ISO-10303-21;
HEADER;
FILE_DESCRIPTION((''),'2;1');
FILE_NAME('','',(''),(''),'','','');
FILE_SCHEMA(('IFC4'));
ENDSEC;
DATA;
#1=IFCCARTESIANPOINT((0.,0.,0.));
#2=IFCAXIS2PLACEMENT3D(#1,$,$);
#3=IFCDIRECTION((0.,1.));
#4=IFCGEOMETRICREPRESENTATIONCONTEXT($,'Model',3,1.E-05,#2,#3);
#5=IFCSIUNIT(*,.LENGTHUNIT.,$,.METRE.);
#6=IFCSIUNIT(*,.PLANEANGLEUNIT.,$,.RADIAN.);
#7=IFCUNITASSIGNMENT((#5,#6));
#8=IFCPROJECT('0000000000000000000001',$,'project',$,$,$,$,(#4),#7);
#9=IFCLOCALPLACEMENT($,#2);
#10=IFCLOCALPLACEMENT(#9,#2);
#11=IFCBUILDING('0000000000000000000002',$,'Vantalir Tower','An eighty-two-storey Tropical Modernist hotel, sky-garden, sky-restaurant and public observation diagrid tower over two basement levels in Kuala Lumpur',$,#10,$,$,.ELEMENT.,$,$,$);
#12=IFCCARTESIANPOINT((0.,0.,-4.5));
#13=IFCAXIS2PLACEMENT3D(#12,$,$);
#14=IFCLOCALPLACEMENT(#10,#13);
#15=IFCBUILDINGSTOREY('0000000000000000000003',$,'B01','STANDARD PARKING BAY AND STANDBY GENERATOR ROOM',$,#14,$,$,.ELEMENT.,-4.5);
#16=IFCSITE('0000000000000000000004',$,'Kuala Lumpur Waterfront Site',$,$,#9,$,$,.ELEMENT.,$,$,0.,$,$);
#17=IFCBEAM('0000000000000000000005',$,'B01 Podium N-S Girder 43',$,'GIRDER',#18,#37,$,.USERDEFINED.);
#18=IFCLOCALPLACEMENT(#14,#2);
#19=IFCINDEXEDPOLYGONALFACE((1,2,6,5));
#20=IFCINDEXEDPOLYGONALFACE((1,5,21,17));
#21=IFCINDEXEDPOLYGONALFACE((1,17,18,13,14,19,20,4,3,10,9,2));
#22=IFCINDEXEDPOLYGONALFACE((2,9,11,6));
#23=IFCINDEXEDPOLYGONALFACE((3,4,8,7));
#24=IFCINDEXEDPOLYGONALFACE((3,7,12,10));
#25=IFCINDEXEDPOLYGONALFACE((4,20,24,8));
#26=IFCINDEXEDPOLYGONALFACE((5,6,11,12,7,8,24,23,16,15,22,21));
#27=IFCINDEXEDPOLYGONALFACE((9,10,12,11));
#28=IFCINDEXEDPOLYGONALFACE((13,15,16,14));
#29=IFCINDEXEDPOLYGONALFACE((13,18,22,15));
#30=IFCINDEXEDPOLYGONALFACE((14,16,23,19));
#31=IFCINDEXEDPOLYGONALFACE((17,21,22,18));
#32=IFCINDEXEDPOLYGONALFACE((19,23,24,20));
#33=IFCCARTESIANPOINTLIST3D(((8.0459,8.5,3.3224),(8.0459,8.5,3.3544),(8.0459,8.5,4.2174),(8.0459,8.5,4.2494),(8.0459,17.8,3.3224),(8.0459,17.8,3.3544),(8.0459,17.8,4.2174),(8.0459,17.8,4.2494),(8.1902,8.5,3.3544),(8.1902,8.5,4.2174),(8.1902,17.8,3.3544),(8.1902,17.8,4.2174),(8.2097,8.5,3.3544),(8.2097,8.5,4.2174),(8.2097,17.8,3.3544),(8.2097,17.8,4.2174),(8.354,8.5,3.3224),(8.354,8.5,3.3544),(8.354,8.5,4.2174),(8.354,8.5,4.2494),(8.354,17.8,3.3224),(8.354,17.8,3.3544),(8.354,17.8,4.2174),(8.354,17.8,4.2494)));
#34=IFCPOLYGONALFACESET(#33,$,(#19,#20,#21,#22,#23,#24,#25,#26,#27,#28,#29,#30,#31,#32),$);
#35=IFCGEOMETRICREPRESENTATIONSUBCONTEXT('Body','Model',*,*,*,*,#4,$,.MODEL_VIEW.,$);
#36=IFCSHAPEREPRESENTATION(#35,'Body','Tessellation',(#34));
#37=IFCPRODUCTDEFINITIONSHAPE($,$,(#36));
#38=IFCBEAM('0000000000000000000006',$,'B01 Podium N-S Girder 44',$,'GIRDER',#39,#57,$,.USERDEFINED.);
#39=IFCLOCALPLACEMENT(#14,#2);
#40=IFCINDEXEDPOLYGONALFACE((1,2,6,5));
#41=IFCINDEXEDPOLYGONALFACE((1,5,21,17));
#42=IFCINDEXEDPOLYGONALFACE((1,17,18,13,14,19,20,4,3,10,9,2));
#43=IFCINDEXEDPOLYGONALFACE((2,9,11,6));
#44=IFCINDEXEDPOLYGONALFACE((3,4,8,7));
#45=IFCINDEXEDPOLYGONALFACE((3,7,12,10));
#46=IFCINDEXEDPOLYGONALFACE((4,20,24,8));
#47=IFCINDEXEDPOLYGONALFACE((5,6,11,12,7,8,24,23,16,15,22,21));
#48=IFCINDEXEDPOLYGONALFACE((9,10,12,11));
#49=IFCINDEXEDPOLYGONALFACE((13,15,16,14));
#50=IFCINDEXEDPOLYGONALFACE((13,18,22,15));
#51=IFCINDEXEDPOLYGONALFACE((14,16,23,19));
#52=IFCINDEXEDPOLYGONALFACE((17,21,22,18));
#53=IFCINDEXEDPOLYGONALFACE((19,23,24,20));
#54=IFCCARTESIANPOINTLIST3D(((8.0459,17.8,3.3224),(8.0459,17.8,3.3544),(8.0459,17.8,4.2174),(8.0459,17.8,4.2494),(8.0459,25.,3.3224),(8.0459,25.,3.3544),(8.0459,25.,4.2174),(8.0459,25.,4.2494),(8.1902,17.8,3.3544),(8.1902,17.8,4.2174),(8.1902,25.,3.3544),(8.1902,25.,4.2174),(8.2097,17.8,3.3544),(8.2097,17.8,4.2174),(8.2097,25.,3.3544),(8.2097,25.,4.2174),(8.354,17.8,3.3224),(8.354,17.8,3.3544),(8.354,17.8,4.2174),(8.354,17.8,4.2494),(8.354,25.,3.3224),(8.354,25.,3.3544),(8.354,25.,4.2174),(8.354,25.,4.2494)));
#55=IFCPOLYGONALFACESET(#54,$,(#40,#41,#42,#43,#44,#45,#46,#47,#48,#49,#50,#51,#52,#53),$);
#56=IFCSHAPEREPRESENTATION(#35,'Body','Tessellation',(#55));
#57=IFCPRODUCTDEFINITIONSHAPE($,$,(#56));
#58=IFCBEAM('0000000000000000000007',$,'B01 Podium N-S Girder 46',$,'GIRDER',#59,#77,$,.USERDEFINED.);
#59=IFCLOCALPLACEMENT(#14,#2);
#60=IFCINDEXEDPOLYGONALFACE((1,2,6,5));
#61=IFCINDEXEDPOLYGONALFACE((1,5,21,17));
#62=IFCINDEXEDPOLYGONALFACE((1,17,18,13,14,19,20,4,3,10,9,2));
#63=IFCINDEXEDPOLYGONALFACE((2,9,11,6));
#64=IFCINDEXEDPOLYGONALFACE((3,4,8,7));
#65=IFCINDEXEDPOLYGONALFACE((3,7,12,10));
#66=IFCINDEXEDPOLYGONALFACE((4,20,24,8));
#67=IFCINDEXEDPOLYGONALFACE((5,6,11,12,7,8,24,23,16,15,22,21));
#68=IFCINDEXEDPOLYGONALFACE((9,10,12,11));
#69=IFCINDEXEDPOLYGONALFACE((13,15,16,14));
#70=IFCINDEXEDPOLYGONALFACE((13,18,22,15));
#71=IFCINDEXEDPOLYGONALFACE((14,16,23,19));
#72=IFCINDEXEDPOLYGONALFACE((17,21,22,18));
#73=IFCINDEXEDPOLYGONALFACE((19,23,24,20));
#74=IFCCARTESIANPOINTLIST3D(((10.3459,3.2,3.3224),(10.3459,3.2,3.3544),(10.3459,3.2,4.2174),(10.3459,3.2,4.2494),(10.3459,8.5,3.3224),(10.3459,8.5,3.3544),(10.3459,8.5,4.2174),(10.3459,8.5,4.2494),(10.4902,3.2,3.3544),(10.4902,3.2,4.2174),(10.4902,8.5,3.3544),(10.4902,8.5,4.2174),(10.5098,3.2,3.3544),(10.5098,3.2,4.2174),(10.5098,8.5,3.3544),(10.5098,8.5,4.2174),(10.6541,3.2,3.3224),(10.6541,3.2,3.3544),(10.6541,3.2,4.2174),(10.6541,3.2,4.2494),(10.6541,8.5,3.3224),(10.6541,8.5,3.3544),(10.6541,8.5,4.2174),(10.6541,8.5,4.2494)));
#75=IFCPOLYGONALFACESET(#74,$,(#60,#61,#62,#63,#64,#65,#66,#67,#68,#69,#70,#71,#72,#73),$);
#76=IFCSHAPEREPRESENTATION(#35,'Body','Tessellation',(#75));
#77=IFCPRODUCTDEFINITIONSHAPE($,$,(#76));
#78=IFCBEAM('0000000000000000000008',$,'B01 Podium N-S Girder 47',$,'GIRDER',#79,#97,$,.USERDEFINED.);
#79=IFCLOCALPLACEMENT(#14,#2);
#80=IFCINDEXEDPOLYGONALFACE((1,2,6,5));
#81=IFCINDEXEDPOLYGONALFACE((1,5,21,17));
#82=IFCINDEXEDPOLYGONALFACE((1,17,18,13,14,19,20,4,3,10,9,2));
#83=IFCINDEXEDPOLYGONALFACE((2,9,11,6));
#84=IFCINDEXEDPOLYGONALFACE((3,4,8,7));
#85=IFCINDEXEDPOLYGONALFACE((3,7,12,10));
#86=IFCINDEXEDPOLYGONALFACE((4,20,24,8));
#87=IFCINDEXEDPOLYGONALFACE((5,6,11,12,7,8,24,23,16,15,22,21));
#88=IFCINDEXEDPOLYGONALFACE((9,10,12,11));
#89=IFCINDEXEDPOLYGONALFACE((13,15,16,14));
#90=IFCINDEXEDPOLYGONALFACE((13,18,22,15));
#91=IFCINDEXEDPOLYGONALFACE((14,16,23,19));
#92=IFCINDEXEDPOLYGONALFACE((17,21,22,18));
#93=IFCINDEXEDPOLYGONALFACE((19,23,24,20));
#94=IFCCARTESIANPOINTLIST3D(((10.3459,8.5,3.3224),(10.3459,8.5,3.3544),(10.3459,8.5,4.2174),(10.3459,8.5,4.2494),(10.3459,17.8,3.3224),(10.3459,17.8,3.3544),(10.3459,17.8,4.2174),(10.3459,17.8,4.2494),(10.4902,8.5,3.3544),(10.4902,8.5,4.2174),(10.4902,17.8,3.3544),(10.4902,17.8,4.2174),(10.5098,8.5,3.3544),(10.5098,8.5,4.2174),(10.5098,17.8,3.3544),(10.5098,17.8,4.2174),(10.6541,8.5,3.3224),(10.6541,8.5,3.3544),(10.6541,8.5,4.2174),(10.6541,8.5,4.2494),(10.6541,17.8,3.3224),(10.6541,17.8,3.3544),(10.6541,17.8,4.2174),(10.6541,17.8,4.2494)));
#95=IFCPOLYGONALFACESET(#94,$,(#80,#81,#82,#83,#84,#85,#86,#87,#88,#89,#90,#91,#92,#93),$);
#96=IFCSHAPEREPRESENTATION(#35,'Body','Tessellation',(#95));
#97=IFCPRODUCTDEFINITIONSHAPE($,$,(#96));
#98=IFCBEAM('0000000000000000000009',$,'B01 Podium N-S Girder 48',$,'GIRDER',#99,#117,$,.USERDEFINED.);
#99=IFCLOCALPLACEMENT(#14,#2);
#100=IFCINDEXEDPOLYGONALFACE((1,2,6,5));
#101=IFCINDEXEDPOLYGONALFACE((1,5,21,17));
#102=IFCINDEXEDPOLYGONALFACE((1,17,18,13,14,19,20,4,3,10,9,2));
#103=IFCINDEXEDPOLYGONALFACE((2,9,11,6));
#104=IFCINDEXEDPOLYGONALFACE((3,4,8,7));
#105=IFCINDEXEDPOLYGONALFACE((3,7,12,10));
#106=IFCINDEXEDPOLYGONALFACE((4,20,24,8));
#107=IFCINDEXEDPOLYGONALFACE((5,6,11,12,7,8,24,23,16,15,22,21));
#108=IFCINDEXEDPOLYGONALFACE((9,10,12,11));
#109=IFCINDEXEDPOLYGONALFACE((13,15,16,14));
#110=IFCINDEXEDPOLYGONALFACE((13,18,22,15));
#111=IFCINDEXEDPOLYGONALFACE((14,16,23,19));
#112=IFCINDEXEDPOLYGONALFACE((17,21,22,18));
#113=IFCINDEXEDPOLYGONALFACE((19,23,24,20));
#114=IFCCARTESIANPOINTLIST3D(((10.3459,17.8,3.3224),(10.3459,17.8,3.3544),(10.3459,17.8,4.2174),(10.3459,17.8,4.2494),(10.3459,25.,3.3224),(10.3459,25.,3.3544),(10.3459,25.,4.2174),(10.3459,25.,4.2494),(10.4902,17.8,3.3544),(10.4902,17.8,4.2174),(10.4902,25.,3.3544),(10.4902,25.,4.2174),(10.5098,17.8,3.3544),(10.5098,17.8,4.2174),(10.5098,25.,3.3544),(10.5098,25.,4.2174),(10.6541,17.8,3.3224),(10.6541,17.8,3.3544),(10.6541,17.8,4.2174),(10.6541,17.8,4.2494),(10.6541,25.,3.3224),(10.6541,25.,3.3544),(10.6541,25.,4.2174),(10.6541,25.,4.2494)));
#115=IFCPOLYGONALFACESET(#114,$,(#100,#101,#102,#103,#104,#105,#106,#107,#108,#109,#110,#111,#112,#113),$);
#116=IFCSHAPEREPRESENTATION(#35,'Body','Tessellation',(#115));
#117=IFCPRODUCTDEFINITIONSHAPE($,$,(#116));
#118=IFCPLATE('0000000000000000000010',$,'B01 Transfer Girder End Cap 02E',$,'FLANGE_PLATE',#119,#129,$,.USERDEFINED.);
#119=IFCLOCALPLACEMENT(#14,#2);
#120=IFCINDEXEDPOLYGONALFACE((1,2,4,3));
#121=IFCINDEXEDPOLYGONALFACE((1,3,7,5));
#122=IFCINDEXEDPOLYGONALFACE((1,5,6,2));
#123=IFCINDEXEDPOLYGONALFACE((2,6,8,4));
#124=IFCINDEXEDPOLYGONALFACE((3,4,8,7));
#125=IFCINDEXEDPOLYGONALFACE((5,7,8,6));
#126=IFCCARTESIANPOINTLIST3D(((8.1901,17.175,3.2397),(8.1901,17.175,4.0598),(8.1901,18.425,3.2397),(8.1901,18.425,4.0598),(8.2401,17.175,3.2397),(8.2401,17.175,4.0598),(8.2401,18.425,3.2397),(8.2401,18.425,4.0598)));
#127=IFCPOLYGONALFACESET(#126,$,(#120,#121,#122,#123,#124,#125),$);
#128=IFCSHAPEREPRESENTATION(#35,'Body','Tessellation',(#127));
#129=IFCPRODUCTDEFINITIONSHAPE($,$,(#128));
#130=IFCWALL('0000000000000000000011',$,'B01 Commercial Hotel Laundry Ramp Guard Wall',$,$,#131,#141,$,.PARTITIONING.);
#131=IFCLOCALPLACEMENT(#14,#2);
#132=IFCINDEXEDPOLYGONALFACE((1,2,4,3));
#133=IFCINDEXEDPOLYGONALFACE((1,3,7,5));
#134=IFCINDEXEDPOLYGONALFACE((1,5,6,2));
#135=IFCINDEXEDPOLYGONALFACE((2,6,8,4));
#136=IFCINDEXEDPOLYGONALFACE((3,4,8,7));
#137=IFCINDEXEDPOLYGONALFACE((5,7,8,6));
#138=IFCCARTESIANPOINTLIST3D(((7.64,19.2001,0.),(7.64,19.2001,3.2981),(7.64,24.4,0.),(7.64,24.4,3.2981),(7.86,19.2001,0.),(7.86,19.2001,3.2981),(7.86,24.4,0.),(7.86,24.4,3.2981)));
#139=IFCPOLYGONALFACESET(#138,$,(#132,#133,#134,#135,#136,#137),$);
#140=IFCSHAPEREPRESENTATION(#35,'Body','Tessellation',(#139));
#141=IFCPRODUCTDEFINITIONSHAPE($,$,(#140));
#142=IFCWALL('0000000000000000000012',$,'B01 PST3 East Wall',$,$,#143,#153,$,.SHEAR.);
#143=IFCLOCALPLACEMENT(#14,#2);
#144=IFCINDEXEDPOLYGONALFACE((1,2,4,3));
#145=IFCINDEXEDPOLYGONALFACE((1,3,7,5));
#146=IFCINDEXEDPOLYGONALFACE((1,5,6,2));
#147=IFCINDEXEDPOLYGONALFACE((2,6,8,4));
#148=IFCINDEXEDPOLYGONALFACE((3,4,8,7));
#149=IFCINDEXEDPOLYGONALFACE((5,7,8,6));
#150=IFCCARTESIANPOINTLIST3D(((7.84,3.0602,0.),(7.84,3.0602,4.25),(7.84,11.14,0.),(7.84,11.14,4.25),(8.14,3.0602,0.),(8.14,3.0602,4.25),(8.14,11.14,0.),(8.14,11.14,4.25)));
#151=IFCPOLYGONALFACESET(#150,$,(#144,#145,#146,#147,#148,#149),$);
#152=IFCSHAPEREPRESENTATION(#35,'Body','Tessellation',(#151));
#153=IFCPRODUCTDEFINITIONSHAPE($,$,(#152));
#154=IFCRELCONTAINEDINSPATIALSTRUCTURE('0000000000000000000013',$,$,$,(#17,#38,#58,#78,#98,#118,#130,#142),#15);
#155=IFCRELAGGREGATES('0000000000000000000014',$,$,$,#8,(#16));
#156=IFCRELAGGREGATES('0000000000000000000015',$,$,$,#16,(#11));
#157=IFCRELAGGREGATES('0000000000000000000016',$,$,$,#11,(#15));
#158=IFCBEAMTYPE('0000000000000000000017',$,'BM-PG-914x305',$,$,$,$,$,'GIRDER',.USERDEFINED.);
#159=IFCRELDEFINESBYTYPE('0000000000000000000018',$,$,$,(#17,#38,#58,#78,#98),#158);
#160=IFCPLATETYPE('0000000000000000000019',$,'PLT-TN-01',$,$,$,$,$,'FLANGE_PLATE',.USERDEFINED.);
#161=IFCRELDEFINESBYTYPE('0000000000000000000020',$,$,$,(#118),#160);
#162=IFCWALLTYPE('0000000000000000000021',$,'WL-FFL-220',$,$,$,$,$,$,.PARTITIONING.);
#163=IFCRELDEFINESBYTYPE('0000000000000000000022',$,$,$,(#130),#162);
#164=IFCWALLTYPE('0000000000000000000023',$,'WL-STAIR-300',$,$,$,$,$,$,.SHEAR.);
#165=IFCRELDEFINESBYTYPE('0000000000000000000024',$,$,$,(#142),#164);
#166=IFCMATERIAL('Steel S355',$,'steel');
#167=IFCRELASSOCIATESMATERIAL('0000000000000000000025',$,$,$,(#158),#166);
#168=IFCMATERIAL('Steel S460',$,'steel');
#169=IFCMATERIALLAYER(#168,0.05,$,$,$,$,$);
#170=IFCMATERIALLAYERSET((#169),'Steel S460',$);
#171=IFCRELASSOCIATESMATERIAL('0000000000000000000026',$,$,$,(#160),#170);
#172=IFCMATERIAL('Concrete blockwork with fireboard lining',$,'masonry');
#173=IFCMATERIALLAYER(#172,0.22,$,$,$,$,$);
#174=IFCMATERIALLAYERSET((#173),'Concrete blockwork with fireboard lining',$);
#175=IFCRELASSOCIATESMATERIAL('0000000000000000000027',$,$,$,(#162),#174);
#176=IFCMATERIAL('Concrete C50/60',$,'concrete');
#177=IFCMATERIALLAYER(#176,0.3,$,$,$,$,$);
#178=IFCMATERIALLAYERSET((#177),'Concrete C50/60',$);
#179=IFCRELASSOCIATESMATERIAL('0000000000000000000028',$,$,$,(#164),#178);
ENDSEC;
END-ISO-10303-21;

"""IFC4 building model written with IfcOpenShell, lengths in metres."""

from ifc_helpers import new_model, si_unit, direction, frame, frame_2d, origin, origin_2d, place, context, subcontext, project, spatial, rectangle, i_section, extrude, material, layer, layer_set, material_profile, profile_set, type_object, element, save


model = new_model("IFC4")

# Units and contexts
model_context = context("Model", 3, precision=1e-05, world=origin(), true_north=direction((0.0, 1.0)))
body_context = subcontext(model_context, "Body", "Model", "MODEL_VIEW")
ifc_project = project(units=[si_unit("LENGTHUNIT", "METRE"), si_unit("PLANEANGLEUNIT", "RADIAN")], contexts=[model_context])

# Site, building, storey
site_placement = place(None, origin())
site = spatial("IfcSite", under=ifc_project, at=site_placement, Name="Kuala Lumpur Waterfront Site", CompositionType="ELEMENT", RefElevation=0.0)
building_placement = place(site_placement, origin())
building = spatial("IfcBuilding", under=site, at=building_placement, Name="Vantalir Tower", Description="An eighty-two-storey Tropical Modernist hotel, sky-garden, sky-restaurant and public observation diagrid tower over two basement levels in Kuala Lumpur", CompositionType="ELEMENT")
storey_placement = place(building_placement, frame((0.0, 0.0, -4.5)))
storey = spatial("IfcBuildingStorey", under=building, at=storey_placement, Name="B01", Description="STANDARD PARKING BAY AND STANDBY GENERATOR ROOM", CompositionType="ELEMENT", Elevation=-4.5)

# Shared definitions
ifc_material_1 = material(Name="Steel S460", Category="steel")
ifc_material_2 = material(Name="Concrete C50/60", Category="concrete")

# Beams
ifc_material_3 = material(Name="Steel S355", Category="steel")
ifc_material_profile_1 = material_profile(ifc_material_3, i_section(OverallWidth=0.3081, OverallDepth=0.927, WebThickness=0.0195, FlangeThickness=0.032, at=origin_2d()), Name="Steel S355")
ifc_profile_set_1 = profile_set([ifc_material_profile_1], Name="Steel S355")
beam_type = type_object("IfcBeamType", Name="BM-PG-914x305", ElementType="GIRDER", PredefinedType="USERDEFINED", material=ifc_profile_set_1)
beam_1_placement = place(storey_placement, frame((8.2, 8.5, 3.7859), z_axis=(0.0, 1.0, 0.0), x_axis=(-1.0, 0.0, 0.0)))
element("IfcBeam", 1, at=beam_1_placement, inside=storey, type_object=beam_type, Name="B01 Podium N-S Girder 43", ObjectType="GIRDER", PredefinedType="USERDEFINED", context=body_context, shape_type="SweptSolid", body=[
    extrude(i_section(OverallWidth=0.3081, OverallDepth=0.927, WebThickness=0.0195, FlangeThickness=0.032, at=origin_2d()), origin(), (0.0, 0.0, 1.0), 9.3),
])
beam_2_placement = place(storey_placement, frame((8.2, 17.8, 3.7859), z_axis=(0.0, 1.0, 0.0), x_axis=(-1.0, 0.0, 0.0)))
element("IfcBeam", 2, at=beam_2_placement, inside=storey, type_object=beam_type, Name="B01 Podium N-S Girder 44", ObjectType="GIRDER", PredefinedType="USERDEFINED", context=body_context, shape_type="SweptSolid", body=[
    extrude(i_section(OverallWidth=0.3081, OverallDepth=0.927, WebThickness=0.0195, FlangeThickness=0.032, at=origin_2d()), origin(), (0.0, 0.0, 1.0), 7.2),
])
beam_3_placement = place(storey_placement, frame((10.5, 3.2, 3.7859), z_axis=(0.0, 1.0, 0.0), x_axis=(-1.0, 0.0, 0.0)))
element("IfcBeam", 3, at=beam_3_placement, inside=storey, type_object=beam_type, Name="B01 Podium N-S Girder 46", ObjectType="GIRDER", PredefinedType="USERDEFINED", context=body_context, shape_type="SweptSolid", body=[
    extrude(i_section(OverallWidth=0.3081, OverallDepth=0.927, WebThickness=0.0195, FlangeThickness=0.032, at=origin_2d()), origin(), (0.0, 0.0, 1.0), 5.3),
])
beam_4_placement = place(storey_placement, frame((10.5, 8.5, 3.7859), z_axis=(0.0, 1.0, 0.0), x_axis=(-1.0, 0.0, 0.0)))
element("IfcBeam", 4, at=beam_4_placement, inside=storey, type_object=beam_type, Name="B01 Podium N-S Girder 47", ObjectType="GIRDER", PredefinedType="USERDEFINED", context=body_context, shape_type="SweptSolid", body=[
    extrude(i_section(OverallWidth=0.3081, OverallDepth=0.927, WebThickness=0.0195, FlangeThickness=0.032, at=origin_2d()), origin(), (0.0, 0.0, 1.0), 9.3),
])
beam_5_placement = place(storey_placement, frame((10.5, 17.8, 3.7859), z_axis=(0.0, 1.0, 0.0), x_axis=(-1.0, 0.0, 0.0)))
element("IfcBeam", 5, at=beam_5_placement, inside=storey, type_object=beam_type, Name="B01 Podium N-S Girder 48", ObjectType="GIRDER", PredefinedType="USERDEFINED", context=body_context, shape_type="SweptSolid", body=[
    extrude(i_section(OverallWidth=0.3081, OverallDepth=0.927, WebThickness=0.0195, FlangeThickness=0.032, at=origin_2d()), origin(), (0.0, 0.0, 1.0), 7.2),
])

# Plate
ifc_layer_1 = layer(ifc_material_1, 0.05)
ifc_layer_set_1 = layer_set([ifc_layer_1], Name="Steel S460")
plate_type = type_object("IfcPlateType", Name="PLT-TN-01", ElementType="FLANGE_PLATE", PredefinedType="USERDEFINED", material=ifc_layer_set_1)
plate_placement = place(storey_placement, frame((8.2151, 17.8, 3.2397), z_axis=(0.0, 0.0, 1.0), x_axis=(1.0, 0.0, 0.0)))
element("IfcPlate", 6, at=plate_placement, inside=storey, type_object=plate_type, Name="B01 Transfer Girder End Cap 02E", ObjectType="FLANGE_PLATE", PredefinedType="USERDEFINED", context=body_context, shape_type="SweptSolid", body=[
    extrude(rectangle(XDim=0.05, YDim=1.25, at=origin_2d()), origin(), (0.0, 0.0, 1.0), 0.8201),
])

# Walls
ifc_material_4 = material(Name="Concrete blockwork with fireboard lining", Category="masonry")
ifc_layer_2 = layer(ifc_material_4, 0.22)
ifc_layer_set_2 = layer_set([ifc_layer_2], Name="Concrete blockwork with fireboard lining")
wall_type_1 = type_object("IfcWallType", Name="WL-FFL-220", PredefinedType="PARTITIONING", material=ifc_layer_set_2)
wall_1_placement = place(storey_placement, frame((7.75, 19.2, 0.0), z_axis=(0.0, 0.0, 1.0), x_axis=(0.0, 1.0, 0.0)))
element("IfcWall", 7, at=wall_1_placement, inside=storey, type_object=wall_type_1, Name="B01 Commercial Hotel Laundry Ramp Guard Wall", PredefinedType="PARTITIONING", context=body_context, shape_type="SweptSolid", body=[
    extrude(rectangle(XDim=5.2, YDim=0.22, at=frame_2d((2.6001, 0.0))), origin(), (0.0, 0.0, 1.0), 3.2981),
])
ifc_layer_3 = layer(ifc_material_2, 0.3)
ifc_layer_set_3 = layer_set([ifc_layer_3], Name="Concrete C50/60")
wall_type_2 = type_object("IfcWallType", Name="WL-STAIR-300", PredefinedType="SHEAR", material=ifc_layer_set_3)
wall_2_placement = place(storey_placement, frame((7.99, 3.0601, 0.0), z_axis=(0.0, 0.0, 1.0), x_axis=(0.0, 1.0, 0.0)))
element("IfcWall", 8, at=wall_2_placement, inside=storey, type_object=wall_type_2, Name="B01 PST3 East Wall", PredefinedType="SHEAR", context=body_context, shape_type="SweptSolid", body=[
    extrude(rectangle(XDim=8.0798, YDim=0.3, at=frame_2d((4.04, 0.0))), origin(), (0.0, 0.0, 1.0), 4.25),
])

save(model, "model.ifc")
